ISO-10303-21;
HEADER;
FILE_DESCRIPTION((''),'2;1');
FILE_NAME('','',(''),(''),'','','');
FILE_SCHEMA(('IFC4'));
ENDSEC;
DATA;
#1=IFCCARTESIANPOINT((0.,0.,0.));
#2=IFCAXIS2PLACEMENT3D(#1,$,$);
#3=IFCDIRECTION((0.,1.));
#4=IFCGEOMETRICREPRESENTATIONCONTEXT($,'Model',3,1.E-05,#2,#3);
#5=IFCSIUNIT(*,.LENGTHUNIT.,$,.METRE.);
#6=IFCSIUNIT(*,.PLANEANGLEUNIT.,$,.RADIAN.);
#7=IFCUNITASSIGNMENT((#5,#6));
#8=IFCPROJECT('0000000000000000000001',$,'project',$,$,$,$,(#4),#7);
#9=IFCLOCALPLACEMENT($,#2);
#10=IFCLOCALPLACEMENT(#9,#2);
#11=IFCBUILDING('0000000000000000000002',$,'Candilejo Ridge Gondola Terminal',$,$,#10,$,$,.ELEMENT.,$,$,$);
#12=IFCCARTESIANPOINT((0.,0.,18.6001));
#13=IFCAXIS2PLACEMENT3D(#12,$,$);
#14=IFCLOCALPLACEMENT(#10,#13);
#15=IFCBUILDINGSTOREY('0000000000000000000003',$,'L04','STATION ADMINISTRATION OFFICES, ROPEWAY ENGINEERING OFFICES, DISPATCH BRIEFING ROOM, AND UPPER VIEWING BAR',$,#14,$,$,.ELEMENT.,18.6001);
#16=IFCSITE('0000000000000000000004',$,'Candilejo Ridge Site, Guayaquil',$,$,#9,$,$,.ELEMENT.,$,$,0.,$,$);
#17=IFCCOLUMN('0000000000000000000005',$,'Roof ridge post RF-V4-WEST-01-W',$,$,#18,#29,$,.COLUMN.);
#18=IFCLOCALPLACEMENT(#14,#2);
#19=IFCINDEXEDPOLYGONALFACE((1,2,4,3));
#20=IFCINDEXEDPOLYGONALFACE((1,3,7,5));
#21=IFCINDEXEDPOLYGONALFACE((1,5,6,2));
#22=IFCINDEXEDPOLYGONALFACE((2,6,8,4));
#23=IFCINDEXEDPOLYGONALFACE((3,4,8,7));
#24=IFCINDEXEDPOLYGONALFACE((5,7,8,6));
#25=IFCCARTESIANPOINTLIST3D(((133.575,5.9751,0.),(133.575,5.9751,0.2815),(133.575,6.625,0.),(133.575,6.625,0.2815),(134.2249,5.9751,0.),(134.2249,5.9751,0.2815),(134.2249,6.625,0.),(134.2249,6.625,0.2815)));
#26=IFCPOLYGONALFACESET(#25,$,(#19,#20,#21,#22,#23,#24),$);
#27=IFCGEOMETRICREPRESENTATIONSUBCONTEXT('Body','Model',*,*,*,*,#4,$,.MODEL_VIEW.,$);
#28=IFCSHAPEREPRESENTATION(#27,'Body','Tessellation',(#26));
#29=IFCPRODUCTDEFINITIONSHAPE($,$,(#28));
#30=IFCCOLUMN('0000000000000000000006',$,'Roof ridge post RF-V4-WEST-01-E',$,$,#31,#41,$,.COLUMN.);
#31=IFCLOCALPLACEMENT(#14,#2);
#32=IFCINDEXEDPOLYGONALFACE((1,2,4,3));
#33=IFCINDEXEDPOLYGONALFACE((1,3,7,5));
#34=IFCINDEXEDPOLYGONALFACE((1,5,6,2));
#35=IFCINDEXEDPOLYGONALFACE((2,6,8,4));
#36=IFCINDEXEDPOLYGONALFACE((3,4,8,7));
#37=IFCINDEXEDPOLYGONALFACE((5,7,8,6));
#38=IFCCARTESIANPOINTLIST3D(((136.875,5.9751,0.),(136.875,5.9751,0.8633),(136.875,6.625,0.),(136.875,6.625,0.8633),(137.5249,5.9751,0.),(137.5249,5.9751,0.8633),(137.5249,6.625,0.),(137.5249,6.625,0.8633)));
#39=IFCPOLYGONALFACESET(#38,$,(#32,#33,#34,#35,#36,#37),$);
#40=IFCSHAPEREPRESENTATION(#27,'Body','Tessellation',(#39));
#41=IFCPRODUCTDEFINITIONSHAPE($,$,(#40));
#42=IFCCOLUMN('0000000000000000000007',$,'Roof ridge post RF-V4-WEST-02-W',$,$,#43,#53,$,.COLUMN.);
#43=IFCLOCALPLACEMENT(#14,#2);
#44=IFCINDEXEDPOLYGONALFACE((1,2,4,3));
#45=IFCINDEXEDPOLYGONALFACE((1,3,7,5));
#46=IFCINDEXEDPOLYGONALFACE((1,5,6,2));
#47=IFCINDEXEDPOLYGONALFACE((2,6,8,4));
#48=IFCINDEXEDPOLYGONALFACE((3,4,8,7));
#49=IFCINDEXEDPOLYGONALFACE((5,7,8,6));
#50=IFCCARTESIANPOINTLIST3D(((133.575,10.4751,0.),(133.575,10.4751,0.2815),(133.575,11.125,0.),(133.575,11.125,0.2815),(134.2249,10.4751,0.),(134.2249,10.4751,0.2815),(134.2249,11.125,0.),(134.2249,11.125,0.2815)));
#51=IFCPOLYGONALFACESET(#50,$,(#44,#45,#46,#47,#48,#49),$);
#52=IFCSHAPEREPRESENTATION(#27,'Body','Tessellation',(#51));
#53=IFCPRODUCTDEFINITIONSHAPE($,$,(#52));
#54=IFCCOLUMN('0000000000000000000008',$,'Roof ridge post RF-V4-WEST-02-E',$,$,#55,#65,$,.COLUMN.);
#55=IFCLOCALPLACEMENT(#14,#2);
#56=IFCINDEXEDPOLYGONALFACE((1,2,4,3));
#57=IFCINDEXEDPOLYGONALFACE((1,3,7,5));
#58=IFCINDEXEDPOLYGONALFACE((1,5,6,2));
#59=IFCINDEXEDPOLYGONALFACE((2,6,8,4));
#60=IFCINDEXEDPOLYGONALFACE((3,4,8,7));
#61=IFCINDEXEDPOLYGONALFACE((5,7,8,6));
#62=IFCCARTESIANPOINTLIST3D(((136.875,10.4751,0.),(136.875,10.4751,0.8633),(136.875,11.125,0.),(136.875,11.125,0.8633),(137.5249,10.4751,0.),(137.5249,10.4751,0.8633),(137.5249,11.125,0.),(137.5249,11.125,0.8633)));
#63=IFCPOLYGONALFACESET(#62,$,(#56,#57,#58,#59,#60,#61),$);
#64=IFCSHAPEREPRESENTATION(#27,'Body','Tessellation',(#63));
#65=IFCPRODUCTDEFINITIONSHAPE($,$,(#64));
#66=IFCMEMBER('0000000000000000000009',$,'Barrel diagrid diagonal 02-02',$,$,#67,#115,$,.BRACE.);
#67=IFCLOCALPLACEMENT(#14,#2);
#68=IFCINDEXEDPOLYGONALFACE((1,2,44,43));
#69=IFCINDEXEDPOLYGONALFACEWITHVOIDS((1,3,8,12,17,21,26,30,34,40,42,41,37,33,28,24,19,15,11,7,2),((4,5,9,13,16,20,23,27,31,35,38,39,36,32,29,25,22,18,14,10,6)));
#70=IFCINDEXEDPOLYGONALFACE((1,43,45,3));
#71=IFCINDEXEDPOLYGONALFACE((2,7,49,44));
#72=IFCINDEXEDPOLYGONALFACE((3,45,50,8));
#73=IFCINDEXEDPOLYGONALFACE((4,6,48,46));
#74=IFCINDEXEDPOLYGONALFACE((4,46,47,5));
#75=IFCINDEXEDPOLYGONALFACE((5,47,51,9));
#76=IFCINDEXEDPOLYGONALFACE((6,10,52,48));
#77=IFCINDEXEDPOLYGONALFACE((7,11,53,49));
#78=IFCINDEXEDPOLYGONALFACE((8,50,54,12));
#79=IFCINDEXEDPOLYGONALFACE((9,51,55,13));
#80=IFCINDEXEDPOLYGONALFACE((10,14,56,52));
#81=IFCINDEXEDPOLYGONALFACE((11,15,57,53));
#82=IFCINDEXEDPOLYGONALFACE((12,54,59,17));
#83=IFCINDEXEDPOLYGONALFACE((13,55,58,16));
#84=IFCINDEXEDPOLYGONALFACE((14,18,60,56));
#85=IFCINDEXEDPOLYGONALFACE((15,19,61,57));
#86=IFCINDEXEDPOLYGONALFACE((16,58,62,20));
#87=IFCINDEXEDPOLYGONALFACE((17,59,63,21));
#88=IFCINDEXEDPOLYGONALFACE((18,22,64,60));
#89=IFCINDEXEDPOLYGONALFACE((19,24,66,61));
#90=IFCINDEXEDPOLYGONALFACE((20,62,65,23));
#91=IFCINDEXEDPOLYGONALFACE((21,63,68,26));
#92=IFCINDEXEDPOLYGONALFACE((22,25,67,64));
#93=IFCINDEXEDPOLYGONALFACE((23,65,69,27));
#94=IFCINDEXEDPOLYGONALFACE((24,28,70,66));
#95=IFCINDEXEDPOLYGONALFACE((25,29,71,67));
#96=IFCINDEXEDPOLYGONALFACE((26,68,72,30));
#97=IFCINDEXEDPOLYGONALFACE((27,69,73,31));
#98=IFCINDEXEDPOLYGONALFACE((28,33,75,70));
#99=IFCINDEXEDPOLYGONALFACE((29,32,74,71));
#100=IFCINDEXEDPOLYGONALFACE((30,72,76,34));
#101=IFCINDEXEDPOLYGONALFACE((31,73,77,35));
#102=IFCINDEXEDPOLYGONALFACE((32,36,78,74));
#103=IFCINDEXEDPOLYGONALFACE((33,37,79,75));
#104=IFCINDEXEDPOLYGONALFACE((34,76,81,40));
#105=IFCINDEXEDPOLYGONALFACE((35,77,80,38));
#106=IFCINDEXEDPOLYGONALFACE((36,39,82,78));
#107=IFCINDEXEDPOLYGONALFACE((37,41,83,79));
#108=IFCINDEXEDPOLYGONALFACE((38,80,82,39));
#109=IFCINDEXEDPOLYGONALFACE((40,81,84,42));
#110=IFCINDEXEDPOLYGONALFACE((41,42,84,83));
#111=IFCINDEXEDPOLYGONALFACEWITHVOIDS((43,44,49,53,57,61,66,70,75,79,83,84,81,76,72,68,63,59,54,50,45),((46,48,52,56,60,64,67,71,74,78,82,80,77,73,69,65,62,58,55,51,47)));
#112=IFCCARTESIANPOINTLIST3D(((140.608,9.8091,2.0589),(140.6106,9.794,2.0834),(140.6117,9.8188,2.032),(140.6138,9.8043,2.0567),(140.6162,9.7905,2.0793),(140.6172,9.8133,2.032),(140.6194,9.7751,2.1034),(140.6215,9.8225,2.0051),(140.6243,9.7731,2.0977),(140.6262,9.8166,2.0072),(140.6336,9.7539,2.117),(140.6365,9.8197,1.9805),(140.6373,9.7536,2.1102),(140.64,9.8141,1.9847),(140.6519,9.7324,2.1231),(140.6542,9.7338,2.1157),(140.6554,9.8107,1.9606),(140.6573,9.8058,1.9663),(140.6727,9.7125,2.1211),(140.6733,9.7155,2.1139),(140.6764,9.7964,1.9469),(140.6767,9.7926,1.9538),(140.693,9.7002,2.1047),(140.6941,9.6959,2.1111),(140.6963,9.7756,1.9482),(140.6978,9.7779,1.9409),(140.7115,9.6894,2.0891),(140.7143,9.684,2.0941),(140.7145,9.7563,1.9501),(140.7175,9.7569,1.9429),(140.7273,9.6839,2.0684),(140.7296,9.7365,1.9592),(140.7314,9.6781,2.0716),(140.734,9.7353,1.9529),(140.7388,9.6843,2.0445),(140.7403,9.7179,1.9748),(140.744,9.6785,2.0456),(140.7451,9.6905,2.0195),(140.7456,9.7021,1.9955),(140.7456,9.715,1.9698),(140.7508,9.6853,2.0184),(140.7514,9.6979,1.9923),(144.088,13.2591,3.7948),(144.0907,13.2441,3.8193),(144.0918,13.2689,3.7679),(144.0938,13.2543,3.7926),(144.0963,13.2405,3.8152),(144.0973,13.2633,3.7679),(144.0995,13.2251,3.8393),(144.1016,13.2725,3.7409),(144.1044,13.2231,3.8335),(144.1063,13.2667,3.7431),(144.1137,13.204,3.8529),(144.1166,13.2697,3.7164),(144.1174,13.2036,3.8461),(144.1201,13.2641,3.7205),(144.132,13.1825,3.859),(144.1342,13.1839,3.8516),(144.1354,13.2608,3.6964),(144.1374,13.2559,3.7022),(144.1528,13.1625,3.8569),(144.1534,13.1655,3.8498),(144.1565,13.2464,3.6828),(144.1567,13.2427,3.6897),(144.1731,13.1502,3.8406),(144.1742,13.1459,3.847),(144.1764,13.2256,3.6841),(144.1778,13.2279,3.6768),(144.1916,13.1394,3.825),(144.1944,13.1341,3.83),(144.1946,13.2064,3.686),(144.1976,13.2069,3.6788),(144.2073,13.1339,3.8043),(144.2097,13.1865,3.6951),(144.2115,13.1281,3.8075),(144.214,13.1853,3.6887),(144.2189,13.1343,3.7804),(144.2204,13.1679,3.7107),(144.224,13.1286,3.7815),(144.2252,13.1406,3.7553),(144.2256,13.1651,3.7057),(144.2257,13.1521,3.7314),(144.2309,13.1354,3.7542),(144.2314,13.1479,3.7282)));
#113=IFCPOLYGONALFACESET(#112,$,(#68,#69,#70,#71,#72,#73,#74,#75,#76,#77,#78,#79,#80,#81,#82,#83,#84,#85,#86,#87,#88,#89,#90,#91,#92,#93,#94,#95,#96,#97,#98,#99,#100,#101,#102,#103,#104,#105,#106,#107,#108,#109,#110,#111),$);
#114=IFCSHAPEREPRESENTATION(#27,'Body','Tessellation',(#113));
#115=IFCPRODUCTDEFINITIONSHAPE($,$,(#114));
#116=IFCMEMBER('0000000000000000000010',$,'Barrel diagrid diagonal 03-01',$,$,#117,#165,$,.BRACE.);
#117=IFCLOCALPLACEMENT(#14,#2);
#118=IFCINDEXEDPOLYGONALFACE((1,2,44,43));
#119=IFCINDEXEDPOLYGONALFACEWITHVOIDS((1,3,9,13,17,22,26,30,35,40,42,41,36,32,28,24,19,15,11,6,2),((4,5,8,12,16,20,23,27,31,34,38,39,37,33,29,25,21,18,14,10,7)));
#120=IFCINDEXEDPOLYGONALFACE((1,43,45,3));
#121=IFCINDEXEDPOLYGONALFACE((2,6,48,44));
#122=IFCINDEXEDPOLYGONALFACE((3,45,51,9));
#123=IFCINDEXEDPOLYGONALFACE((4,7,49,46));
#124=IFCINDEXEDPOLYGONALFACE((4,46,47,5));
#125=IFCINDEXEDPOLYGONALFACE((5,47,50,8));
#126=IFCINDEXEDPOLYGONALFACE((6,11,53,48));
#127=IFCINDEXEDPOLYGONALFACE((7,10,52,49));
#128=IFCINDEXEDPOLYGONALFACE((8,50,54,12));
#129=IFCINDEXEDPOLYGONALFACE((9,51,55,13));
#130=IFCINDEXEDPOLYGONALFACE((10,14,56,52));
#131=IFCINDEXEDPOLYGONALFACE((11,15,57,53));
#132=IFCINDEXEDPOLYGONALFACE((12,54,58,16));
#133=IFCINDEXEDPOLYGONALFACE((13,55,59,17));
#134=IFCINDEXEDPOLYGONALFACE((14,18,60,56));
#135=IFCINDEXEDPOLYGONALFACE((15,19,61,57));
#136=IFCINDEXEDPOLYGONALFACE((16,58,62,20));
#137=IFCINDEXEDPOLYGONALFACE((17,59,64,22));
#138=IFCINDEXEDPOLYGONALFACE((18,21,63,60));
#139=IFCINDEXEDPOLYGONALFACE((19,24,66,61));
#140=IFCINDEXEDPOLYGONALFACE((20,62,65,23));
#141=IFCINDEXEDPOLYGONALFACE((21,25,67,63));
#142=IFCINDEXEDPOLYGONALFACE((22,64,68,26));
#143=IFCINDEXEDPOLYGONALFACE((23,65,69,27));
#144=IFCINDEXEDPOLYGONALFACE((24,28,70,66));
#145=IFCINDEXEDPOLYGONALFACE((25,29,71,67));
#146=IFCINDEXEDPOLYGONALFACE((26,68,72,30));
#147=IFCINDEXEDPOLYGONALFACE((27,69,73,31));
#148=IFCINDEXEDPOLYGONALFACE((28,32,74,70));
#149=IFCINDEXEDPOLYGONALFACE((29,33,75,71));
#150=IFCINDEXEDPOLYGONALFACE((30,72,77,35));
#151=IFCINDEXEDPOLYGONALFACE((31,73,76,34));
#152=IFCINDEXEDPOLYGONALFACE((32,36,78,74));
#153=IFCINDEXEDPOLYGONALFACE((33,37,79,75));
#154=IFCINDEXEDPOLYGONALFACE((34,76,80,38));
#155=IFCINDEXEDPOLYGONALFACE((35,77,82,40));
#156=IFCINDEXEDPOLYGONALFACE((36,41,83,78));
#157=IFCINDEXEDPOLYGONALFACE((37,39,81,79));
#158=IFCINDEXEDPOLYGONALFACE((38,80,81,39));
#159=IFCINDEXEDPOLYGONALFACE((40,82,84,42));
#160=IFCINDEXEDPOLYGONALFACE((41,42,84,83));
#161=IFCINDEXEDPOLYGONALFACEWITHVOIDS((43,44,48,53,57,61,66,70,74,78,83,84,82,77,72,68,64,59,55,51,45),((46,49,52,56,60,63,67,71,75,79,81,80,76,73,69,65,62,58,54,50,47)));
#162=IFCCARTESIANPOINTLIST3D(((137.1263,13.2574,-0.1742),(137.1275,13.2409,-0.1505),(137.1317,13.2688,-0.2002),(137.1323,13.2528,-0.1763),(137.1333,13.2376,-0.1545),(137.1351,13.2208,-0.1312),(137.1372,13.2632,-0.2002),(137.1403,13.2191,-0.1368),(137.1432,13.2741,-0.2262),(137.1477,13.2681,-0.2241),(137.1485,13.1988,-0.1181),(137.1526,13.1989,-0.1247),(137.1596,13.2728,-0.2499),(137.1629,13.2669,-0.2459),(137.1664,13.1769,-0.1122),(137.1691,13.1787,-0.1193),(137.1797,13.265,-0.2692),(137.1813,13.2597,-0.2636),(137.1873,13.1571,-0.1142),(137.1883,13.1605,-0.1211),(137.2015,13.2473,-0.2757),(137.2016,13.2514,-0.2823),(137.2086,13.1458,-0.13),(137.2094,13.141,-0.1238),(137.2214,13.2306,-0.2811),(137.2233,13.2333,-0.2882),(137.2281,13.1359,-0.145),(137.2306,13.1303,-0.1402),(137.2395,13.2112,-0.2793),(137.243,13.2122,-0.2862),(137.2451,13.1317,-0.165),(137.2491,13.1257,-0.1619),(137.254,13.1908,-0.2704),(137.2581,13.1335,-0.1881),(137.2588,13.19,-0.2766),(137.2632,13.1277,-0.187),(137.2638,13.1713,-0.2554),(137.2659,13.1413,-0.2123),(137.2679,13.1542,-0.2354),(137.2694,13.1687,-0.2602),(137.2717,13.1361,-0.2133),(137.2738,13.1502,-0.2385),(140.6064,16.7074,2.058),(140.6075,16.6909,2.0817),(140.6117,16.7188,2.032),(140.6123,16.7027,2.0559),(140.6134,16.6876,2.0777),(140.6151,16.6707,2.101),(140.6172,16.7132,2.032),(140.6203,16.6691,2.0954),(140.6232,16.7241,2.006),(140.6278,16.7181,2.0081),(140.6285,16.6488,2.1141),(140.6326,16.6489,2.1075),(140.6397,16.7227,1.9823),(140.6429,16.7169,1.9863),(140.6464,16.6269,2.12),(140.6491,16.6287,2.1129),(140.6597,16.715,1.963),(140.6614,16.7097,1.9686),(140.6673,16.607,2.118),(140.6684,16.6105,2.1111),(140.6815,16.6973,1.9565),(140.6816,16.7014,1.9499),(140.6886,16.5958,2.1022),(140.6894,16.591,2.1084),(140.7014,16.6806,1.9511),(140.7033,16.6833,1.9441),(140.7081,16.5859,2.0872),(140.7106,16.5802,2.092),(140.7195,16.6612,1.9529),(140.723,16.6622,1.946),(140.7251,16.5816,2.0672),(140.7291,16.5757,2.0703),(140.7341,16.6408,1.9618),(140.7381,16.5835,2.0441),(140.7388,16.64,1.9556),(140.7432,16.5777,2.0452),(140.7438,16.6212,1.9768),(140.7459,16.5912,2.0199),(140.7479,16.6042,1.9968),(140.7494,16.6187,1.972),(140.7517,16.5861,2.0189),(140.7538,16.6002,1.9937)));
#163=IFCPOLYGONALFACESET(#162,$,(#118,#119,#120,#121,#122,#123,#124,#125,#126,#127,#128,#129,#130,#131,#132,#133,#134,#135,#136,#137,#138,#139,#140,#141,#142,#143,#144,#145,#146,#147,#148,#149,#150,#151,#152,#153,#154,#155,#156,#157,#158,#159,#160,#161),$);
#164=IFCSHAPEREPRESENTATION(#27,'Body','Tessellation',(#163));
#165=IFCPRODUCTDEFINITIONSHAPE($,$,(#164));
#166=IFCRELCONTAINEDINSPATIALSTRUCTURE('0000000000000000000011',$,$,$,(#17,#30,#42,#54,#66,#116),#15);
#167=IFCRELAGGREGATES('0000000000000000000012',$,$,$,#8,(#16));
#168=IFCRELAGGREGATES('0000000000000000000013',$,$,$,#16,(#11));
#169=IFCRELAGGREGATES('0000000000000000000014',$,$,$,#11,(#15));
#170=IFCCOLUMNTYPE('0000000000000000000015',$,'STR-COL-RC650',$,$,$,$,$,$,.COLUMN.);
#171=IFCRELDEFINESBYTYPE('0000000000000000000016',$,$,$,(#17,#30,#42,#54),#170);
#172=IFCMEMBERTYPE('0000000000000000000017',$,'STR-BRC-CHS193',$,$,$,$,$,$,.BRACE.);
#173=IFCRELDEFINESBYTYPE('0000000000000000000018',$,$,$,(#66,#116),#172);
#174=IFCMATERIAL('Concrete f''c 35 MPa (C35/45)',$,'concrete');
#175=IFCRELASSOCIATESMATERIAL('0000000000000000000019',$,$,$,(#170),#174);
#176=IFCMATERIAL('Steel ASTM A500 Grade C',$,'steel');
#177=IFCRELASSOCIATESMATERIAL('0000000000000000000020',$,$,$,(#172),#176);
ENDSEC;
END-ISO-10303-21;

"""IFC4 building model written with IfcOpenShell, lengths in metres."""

from ifc_helpers import new_model, si_unit, direction, frame, origin, origin_2d, place, context, subcontext, project, spatial, rectangle, hollow_circle, extrude, material, material_profile, profile_set, type_object, element, save


model = new_model("IFC4")

# Units and contexts
model_context = context("Model", 3, precision=1e-05, world=origin(), true_north=direction((0.0, 1.0)))
body_context = subcontext(model_context, "Body", "Model", "MODEL_VIEW")
ifc_project = project(units=[si_unit("LENGTHUNIT", "METRE"), si_unit("PLANEANGLEUNIT", "RADIAN")], contexts=[model_context])

# Site, building, storey
site_placement = place(None, origin())
site = spatial("IfcSite", under=ifc_project, at=site_placement, Name="Candilejo Ridge Site, Guayaquil", CompositionType="ELEMENT", RefElevation=0.0)
building_placement = place(site_placement, origin())
building = spatial("IfcBuilding", under=site, at=building_placement, Name="Candilejo Ridge Gondola Terminal", CompositionType="ELEMENT")
storey_placement = place(building_placement, frame((0.0, 0.0, 18.6001)))
storey = spatial("IfcBuildingStorey", under=building, at=storey_placement, Name="L04", Description="STATION ADMINISTRATION OFFICES, ROPEWAY ENGINEERING OFFICES, DISPATCH BRIEFING ROOM, AND UPPER VIEWING BAR", CompositionType="ELEMENT", Elevation=18.6001)

# Columns
ifc_material_1 = material(Name="Concrete f'c 35 MPa (C35/45)", Category="concrete")
ifc_material_profile_1 = material_profile(ifc_material_1, rectangle(XDim=0.6499, YDim=0.6499, at=origin_2d()))
ifc_profile_set_1 = profile_set([ifc_material_profile_1], Name="Concrete f'c 35 MPa (C35/45)")
column_type = type_object("IfcColumnType", Name="STR-COL-RC650", PredefinedType="COLUMN", material=ifc_profile_set_1)
column_1_placement = place(storey_placement, frame((133.8999, 6.3, 0.0), z_axis=(0.0, 0.0, 1.0), x_axis=(1.0, 0.0, 0.0)))
element("IfcColumn", 1, at=column_1_placement, inside=storey, type_object=column_type, Name="Roof ridge post RF-V4-WEST-01-W", PredefinedType="COLUMN", context=body_context, shape_type="SweptSolid", body=[
    extrude(rectangle(XDim=0.6499, YDim=0.6499, at=origin_2d()), origin(), (0.0, 0.0, 1.0), 0.2815),
])
column_2_placement = place(storey_placement, frame((137.2, 6.3, 0.0), z_axis=(0.0, 0.0, 1.0), x_axis=(1.0, 0.0, 0.0)))
element("IfcColumn", 2, at=column_2_placement, inside=storey, type_object=column_type, Name="Roof ridge post RF-V4-WEST-01-E", PredefinedType="COLUMN", context=body_context, shape_type="SweptSolid", body=[
    extrude(rectangle(XDim=0.6499, YDim=0.6499, at=origin_2d()), origin(), (0.0, 0.0, 1.0), 0.8633),
])
column_3_placement = place(storey_placement, frame((133.8999, 10.8, 0.0), z_axis=(0.0, 0.0, 1.0), x_axis=(1.0, 0.0, 0.0)))
element("IfcColumn", 3, at=column_3_placement, inside=storey, type_object=column_type, Name="Roof ridge post RF-V4-WEST-02-W", PredefinedType="COLUMN", context=body_context, shape_type="SweptSolid", body=[
    extrude(rectangle(XDim=0.6499, YDim=0.6499, at=origin_2d()), origin(), (0.0, 0.0, 1.0), 0.2815),
])
column_4_placement = place(storey_placement, frame((137.2, 10.8, 0.0), z_axis=(0.0, 0.0, 1.0), x_axis=(1.0, 0.0, 0.0)))
element("IfcColumn", 4, at=column_4_placement, inside=storey, type_object=column_type, Name="Roof ridge post RF-V4-WEST-02-E", PredefinedType="COLUMN", context=body_context, shape_type="SweptSolid", body=[
    extrude(rectangle(XDim=0.6499, YDim=0.6499, at=origin_2d()), origin(), (0.0, 0.0, 1.0), 0.8633),
])

# Members
ifc_material_2 = material(Name="Steel ASTM A500 Grade C", Category="steel")
ifc_material_profile_2 = material_profile(ifc_material_2, hollow_circle(Radius=0.0969, WallThickness=0.0078, at=origin_2d()))
ifc_profile_set_2 = profile_set([ifc_material_profile_2], Name="Steel ASTM A500 Grade C")
member_type_1 = type_object("IfcMemberType", Name="STR-BRC-CHS193", PredefinedType="BRACE", material=ifc_profile_set_2)
member_1_placement = place(storey_placement, frame((140.6799, 9.75, 2.032), z_axis=(0.669406, 0.663629, 0.333904), x_axis=(-0.704036, 0.710164, 0.0)))
element("IfcMember", 5, at=member_1_placement, inside=storey, type_object=member_type_1, Name="Barrel diagrid diagonal 02-02", PredefinedType="BRACE", context=body_context, shape_type="SweptSolid", body=[
    extrude(hollow_circle(Radius=0.0969, WallThickness=0.0078, at=origin_2d()), origin(), (0.0, 0.0, 1.0), 5.1987),
])
member_2_placement = place(storey_placement, frame((137.2, 13.2, -0.2002), z_axis=(0.646271, 0.640695, 0.41454), x_axis=(-0.704036, 0.710164, 0.0)))
element("IfcMember", 6, at=member_2_placement, inside=storey, type_object=member_type_1, Name="Barrel diagrid diagonal 03-01", PredefinedType="BRACE", context=body_context, shape_type="SweptSolid", body=[
    extrude(hollow_circle(Radius=0.0969, WallThickness=0.0078, at=origin_2d()), origin(), (0.0, 0.0, 1.0), 5.3848),
])

save(model, "model.ifc")
